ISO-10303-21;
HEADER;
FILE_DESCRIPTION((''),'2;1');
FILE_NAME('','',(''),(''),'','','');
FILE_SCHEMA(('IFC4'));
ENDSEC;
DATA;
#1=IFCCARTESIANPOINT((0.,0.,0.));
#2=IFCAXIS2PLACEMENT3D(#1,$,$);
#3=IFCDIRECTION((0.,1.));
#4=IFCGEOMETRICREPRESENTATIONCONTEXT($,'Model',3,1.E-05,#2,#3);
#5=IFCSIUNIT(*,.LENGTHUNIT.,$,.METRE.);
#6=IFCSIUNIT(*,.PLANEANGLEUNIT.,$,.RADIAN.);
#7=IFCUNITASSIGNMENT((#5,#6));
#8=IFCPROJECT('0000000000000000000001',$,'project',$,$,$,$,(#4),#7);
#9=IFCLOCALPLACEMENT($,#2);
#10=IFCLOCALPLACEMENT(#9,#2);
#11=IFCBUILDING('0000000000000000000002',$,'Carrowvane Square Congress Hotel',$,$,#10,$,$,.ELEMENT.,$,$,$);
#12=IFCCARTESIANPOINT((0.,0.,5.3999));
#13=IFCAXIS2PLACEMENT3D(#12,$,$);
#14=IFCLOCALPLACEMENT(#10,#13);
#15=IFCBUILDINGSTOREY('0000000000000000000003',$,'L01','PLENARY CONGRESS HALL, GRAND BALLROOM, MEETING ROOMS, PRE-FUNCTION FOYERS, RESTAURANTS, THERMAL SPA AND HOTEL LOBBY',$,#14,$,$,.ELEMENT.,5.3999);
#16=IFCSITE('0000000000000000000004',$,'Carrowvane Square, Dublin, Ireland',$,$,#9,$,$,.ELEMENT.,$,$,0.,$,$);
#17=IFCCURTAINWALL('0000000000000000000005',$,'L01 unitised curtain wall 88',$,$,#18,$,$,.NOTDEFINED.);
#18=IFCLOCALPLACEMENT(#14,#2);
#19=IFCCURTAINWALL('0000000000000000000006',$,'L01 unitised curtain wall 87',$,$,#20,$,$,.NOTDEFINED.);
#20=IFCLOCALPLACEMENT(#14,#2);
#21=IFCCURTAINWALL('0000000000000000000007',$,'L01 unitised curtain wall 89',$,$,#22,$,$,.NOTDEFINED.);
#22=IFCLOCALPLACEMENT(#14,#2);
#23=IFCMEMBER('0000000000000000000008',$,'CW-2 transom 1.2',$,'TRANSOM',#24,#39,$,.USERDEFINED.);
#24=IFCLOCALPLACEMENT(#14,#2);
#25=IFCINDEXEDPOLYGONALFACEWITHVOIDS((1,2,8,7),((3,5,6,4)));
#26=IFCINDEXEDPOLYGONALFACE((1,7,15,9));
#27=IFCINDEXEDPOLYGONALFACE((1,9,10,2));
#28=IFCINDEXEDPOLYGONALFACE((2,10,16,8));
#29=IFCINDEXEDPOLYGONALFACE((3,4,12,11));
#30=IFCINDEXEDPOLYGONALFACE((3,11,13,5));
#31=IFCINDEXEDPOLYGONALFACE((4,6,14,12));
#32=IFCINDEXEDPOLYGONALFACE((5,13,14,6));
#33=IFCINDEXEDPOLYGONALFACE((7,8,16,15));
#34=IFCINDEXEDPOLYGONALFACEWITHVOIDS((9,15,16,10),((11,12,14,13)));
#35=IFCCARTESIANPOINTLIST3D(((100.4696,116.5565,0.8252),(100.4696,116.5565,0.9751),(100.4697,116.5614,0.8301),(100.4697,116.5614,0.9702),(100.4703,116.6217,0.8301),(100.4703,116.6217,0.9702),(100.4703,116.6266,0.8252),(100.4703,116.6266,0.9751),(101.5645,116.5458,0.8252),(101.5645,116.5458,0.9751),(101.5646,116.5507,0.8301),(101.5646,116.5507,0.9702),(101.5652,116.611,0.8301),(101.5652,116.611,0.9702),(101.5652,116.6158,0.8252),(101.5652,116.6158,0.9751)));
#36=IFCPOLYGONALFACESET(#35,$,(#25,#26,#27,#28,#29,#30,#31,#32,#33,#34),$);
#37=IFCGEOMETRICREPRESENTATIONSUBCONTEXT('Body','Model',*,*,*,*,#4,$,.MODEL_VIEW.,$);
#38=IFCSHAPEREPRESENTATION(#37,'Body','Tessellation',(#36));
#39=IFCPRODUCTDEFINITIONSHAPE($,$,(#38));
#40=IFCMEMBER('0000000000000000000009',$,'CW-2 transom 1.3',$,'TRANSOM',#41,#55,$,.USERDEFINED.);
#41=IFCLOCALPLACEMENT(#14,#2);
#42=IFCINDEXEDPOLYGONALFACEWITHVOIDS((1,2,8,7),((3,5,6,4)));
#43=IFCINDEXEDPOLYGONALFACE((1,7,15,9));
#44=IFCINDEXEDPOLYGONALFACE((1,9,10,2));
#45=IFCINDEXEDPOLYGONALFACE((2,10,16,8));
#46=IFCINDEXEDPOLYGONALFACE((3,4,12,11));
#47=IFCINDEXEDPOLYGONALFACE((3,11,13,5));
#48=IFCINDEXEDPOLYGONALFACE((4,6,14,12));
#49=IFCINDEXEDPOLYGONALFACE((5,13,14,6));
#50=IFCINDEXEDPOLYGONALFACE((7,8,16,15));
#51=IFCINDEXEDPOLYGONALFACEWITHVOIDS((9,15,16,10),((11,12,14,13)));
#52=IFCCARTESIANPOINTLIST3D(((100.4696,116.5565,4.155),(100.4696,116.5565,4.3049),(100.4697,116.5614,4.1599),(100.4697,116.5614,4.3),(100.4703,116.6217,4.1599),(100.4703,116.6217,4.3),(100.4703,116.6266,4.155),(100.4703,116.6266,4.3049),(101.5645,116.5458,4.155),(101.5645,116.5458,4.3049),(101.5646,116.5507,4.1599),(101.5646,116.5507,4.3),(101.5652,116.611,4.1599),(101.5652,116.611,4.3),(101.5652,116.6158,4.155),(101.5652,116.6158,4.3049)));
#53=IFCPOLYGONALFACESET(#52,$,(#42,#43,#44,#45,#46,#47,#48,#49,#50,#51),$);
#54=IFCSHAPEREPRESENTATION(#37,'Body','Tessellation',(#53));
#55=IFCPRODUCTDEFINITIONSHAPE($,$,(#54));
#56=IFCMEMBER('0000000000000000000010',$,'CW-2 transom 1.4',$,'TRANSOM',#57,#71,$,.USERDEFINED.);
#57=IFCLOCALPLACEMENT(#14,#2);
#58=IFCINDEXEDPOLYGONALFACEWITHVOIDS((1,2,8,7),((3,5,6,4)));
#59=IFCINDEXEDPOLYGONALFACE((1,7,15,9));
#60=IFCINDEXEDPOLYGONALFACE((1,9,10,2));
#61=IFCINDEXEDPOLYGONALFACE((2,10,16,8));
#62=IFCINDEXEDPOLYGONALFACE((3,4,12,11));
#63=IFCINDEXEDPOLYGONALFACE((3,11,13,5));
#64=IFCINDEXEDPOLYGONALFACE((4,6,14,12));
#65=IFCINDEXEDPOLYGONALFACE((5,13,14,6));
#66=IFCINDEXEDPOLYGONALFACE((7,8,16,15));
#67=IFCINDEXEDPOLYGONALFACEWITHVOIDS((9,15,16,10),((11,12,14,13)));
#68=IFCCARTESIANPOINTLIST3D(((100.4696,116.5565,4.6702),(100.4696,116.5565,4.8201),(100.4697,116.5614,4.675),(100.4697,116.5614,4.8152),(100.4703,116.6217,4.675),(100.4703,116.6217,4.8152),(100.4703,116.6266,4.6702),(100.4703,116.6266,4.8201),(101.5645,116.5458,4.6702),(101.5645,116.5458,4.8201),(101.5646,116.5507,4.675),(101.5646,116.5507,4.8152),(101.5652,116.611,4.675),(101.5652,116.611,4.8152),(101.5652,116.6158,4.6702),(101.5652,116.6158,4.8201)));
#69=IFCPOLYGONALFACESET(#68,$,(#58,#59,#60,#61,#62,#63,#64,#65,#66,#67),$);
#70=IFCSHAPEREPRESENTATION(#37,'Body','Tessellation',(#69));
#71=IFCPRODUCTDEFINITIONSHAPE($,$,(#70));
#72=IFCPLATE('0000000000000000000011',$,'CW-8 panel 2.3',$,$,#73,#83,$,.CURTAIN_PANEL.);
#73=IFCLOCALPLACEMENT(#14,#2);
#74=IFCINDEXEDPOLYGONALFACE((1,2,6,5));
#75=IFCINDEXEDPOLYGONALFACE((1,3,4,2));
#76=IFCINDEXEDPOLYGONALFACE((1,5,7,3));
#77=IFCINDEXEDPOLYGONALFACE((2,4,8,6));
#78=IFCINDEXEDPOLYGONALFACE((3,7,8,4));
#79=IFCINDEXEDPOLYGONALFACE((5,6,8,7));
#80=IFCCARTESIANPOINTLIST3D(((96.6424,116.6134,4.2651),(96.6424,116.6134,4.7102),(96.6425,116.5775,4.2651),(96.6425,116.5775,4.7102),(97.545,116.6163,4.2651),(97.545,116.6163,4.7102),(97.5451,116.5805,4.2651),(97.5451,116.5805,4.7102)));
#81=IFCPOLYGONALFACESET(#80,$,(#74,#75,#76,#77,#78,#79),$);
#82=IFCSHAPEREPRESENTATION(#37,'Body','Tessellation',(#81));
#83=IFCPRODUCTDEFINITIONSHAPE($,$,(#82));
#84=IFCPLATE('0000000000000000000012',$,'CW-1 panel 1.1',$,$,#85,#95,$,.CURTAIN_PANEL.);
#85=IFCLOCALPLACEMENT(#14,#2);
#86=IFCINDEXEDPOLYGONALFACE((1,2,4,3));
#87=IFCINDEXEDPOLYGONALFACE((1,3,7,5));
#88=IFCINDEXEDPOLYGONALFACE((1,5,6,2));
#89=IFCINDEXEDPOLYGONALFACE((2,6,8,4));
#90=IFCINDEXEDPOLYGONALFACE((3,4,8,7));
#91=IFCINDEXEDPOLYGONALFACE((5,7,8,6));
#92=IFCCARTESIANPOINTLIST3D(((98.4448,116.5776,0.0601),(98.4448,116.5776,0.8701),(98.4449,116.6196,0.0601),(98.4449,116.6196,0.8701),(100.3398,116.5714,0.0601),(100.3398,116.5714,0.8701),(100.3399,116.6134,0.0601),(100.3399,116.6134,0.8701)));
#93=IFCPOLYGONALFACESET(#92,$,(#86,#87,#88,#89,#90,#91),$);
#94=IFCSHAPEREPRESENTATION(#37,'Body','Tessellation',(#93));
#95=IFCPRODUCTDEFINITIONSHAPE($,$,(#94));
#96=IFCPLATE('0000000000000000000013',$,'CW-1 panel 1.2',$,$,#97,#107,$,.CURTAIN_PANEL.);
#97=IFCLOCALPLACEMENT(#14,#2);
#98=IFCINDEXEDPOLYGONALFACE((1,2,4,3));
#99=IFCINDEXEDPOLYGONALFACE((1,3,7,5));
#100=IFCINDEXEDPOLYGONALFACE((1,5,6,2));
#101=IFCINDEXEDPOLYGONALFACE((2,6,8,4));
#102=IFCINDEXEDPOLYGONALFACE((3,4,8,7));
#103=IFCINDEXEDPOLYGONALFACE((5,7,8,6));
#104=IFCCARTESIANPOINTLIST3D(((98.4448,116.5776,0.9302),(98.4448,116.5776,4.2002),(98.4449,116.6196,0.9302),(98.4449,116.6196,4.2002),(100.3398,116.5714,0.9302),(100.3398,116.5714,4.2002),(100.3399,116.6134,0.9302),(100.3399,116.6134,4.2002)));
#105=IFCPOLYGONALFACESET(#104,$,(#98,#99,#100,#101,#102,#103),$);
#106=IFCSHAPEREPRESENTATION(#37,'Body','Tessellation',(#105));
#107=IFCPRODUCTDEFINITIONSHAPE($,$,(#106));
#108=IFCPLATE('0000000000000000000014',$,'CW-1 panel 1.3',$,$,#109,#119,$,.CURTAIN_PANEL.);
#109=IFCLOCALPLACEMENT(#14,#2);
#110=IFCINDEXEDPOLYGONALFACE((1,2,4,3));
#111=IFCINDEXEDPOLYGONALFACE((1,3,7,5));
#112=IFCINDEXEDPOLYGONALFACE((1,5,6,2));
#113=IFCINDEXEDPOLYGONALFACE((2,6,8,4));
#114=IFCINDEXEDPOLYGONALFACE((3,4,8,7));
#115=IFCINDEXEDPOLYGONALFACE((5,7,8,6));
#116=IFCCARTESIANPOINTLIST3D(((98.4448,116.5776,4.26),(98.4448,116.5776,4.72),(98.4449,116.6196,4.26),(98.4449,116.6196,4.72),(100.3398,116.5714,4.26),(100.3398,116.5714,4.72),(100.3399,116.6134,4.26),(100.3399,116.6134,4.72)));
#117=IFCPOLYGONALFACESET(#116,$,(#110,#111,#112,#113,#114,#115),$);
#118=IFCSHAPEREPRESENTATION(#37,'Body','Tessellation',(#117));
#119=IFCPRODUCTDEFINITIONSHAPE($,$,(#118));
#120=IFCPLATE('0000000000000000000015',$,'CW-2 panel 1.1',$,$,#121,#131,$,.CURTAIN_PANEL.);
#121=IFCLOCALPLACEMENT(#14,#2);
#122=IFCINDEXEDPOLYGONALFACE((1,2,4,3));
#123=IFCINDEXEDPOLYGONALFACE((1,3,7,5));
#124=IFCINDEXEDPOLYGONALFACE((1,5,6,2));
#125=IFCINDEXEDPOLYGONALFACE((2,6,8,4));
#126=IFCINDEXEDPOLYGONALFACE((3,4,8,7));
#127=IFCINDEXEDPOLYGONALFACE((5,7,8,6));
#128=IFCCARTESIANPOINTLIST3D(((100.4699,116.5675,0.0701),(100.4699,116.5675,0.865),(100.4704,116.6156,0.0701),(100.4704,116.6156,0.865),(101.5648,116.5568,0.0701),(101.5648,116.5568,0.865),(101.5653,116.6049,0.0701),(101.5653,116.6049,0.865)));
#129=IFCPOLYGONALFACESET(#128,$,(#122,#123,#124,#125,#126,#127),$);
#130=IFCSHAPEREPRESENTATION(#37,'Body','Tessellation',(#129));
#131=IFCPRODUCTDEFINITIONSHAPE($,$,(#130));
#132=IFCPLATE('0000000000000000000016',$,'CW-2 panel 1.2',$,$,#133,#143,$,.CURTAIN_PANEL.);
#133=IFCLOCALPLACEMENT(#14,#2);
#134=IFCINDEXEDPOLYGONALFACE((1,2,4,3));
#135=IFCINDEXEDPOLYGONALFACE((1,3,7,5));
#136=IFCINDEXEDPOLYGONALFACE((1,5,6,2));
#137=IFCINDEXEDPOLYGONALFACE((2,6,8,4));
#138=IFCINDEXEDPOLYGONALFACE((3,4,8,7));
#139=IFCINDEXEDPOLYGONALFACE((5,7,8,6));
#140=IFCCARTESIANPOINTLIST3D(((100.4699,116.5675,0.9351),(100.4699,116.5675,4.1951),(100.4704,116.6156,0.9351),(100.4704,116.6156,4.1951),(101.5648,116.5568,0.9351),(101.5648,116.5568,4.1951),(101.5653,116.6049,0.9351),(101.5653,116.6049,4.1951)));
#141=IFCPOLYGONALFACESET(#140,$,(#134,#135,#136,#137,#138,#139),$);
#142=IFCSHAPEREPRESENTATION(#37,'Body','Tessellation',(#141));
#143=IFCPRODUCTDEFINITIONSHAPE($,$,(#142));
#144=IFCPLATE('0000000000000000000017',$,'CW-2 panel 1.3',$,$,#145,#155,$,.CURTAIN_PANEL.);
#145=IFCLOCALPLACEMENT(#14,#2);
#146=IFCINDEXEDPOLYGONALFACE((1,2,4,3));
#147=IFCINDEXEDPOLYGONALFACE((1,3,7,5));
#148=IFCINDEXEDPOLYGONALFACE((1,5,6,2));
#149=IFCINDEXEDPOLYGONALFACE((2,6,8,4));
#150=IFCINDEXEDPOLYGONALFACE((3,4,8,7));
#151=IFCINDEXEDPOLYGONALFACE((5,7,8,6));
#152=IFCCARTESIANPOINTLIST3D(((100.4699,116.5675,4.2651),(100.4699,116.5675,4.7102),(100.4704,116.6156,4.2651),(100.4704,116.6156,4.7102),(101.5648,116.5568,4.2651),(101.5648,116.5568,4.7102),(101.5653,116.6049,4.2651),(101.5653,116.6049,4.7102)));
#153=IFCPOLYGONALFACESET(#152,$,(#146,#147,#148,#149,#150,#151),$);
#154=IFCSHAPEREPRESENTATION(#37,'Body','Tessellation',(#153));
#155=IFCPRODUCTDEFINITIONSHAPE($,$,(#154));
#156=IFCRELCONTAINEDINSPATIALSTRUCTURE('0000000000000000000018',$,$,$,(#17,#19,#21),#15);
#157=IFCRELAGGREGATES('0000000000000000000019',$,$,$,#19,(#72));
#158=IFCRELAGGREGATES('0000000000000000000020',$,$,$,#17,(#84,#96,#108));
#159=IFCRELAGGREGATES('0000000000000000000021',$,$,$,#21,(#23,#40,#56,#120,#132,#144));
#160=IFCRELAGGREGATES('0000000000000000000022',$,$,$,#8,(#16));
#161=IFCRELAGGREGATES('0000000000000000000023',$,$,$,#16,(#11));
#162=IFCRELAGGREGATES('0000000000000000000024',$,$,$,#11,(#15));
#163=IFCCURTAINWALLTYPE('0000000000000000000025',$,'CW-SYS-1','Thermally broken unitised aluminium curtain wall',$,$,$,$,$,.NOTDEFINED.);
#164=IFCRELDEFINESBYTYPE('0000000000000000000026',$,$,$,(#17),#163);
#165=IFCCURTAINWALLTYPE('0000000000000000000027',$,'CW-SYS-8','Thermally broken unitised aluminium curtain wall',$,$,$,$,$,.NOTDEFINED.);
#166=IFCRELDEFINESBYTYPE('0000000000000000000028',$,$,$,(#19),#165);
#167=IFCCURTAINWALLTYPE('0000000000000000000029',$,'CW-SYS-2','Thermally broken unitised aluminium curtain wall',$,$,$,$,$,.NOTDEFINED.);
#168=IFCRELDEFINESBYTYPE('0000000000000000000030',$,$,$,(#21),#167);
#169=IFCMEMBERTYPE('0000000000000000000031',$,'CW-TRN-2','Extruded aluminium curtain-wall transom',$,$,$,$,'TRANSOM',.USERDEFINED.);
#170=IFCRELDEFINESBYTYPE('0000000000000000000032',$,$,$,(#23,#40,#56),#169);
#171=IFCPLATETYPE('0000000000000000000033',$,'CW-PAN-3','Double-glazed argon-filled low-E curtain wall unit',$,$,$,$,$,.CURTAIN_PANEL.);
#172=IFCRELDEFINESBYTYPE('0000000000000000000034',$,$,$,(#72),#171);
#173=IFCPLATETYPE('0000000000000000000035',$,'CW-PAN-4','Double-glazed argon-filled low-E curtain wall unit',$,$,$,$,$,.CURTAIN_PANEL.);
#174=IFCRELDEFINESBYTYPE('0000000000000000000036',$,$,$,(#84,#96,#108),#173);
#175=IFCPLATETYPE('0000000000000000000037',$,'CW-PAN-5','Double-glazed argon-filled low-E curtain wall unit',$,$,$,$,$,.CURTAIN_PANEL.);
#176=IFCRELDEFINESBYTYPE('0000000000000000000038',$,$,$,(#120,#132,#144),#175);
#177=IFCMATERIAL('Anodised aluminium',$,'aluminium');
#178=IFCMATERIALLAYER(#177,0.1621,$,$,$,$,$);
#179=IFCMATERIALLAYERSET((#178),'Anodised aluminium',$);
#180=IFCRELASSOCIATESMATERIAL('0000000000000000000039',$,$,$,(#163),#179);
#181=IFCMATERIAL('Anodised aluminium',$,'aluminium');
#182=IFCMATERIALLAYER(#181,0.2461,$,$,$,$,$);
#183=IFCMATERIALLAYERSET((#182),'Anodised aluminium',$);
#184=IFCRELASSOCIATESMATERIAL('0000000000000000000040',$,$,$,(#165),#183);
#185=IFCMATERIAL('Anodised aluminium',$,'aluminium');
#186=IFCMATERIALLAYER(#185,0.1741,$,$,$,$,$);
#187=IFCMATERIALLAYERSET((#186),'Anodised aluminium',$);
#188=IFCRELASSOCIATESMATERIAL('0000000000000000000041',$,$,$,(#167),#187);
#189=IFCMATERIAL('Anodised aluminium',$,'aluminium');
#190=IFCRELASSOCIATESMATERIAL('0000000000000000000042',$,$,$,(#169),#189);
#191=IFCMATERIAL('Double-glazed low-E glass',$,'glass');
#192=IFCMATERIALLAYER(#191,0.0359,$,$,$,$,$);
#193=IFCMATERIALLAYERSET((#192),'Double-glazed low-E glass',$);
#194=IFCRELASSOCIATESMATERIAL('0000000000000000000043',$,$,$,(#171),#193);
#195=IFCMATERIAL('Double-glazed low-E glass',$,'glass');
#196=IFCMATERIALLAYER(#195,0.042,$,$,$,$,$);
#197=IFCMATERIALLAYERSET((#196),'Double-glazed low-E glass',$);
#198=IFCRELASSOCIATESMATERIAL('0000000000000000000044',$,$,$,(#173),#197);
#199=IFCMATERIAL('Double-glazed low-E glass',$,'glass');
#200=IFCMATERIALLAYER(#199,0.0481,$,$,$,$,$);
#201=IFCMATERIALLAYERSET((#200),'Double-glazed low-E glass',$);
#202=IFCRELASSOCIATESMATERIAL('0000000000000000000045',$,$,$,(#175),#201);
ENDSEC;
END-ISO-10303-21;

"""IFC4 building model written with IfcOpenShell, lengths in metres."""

from ifc_helpers import new_model, si_unit, direction, frame, origin, origin_2d, place, context, subcontext, project, spatial, rectangle, hollow_rectangle, extrude, material, layer, layer_set, material_profile, profile_set, type_object, element, aggregate, save


model = new_model("IFC4")

# Units and contexts
model_context = context("Model", 3, precision=1e-05, world=origin(), true_north=direction((0.0, 1.0)))
body_context = subcontext(model_context, "Body", "Model", "MODEL_VIEW")
ifc_project = project(units=[si_unit("LENGTHUNIT", "METRE"), si_unit("PLANEANGLEUNIT", "RADIAN")], contexts=[model_context])

# Site, building, storey
site_placement = place(None, origin())
site = spatial("IfcSite", under=ifc_project, at=site_placement, Name="Carrowvane Square, Dublin, Ireland", CompositionType="ELEMENT", RefElevation=0.0)
building_placement = place(site_placement, origin())
building = spatial("IfcBuilding", under=site, at=building_placement, Name="Carrowvane Square Congress Hotel", CompositionType="ELEMENT")
storey_placement = place(building_placement, frame((0.0, 0.0, 5.3999)))
storey = spatial("IfcBuildingStorey", under=building, at=storey_placement, Name="L01", Description="PLENARY CONGRESS HALL, GRAND BALLROOM, MEETING ROOMS, PRE-FUNCTION FOYERS, RESTAURANTS, THERMAL SPA AND HOTEL LOBBY", CompositionType="ELEMENT", Elevation=5.3999)

# Curtain wall
ifc_material_1 = material(Name="Anodised aluminium", Category="aluminium")
ifc_layer_1 = layer(ifc_material_1, 0.1621)
ifc_layer_set_1 = layer_set([ifc_layer_1], Name="Anodised aluminium")
curtain_wall_type_1 = type_object("IfcCurtainWallType", Name="CW-SYS-1", Description="Thermally broken unitised aluminium curtain wall", PredefinedType="NOTDEFINED", material=ifc_layer_set_1)
curtain_wall_1_placement = place(storey_placement, origin())
curtain_wall_1 = element("IfcCurtainWall", 1, at=curtain_wall_1_placement, inside=storey, type_object=curtain_wall_type_1, Name="L01 unitised curtain wall 88", PredefinedType="NOTDEFINED")

# Curtain wall
ifc_material_2 = material(Name="Anodised aluminium", Category="aluminium")
ifc_layer_2 = layer(ifc_material_2, 0.2461)
ifc_layer_set_2 = layer_set([ifc_layer_2], Name="Anodised aluminium")
curtain_wall_type_2 = type_object("IfcCurtainWallType", Name="CW-SYS-8", Description="Thermally broken unitised aluminium curtain wall", PredefinedType="NOTDEFINED", material=ifc_layer_set_2)
curtain_wall_2_placement = place(storey_placement, origin())
curtain_wall_2 = element("IfcCurtainWall", 2, at=curtain_wall_2_placement, inside=storey, type_object=curtain_wall_type_2, Name="L01 unitised curtain wall 87", PredefinedType="NOTDEFINED")

# Curtain wall
ifc_material_3 = material(Name="Anodised aluminium", Category="aluminium")
ifc_layer_3 = layer(ifc_material_3, 0.1741)
ifc_layer_set_3 = layer_set([ifc_layer_3], Name="Anodised aluminium")
curtain_wall_type_3 = type_object("IfcCurtainWallType", Name="CW-SYS-2", Description="Thermally broken unitised aluminium curtain wall", PredefinedType="NOTDEFINED", material=ifc_layer_set_3)
curtain_wall_3_placement = place(storey_placement, origin())
curtain_wall_3 = element("IfcCurtainWall", 3, at=curtain_wall_3_placement, inside=storey, type_object=curtain_wall_type_3, Name="L01 unitised curtain wall 89", PredefinedType="NOTDEFINED")

# Members
ifc_material_4 = material(Name="Anodised aluminium", Category="aluminium")
ifc_material_profile_1 = material_profile(ifc_material_4, hollow_rectangle(XDim=0.0701, YDim=0.1499, WallThickness=0.0049, at=origin_2d()), Name="CW-TR 70x150x5")
ifc_profile_set_1 = profile_set([ifc_material_profile_1], Name="Anodised aluminium")
member_type_1 = type_object("IfcMemberType", Name="CW-TRN-2", Description="Extruded aluminium curtain-wall transom", ElementType="TRANSOM", PredefinedType="USERDEFINED", material=ifc_profile_set_1)
member_1_placement = place(storey_placement, frame((100.47, 116.5916, 0.9001), z_axis=(0.999952, -0.00981, 0.0), x_axis=(0.00981, 0.999952, 0.0)))
member_1 = element("IfcMember", 4, at=member_1_placement, type_object=member_type_1, Name="CW-2 transom 1.2", ObjectType="TRANSOM", PredefinedType="USERDEFINED", context=body_context, shape_type="SweptSolid", body=[
    extrude(hollow_rectangle(XDim=0.0701, YDim=0.1499, WallThickness=0.0049, at=origin_2d()), origin(), (0.0, 0.0, 1.0), 1.095),
])
member_2_placement = place(storey_placement, frame((100.47, 116.5916, 4.23), z_axis=(0.999952, -0.00981, 0.0), x_axis=(0.00981, 0.999952, 0.0)))
member_2 = element("IfcMember", 5, at=member_2_placement, type_object=member_type_1, Name="CW-2 transom 1.3", ObjectType="TRANSOM", PredefinedType="USERDEFINED", context=body_context, shape_type="SweptSolid", body=[
    extrude(hollow_rectangle(XDim=0.0701, YDim=0.1499, WallThickness=0.0049, at=origin_2d()), origin(), (0.0, 0.0, 1.0), 1.095),
])
member_3_placement = place(storey_placement, frame((100.47, 116.5916, 4.7451), z_axis=(0.999952, -0.00981, 0.0), x_axis=(0.00981, 0.999952, 0.0)))
member_3 = element("IfcMember", 6, at=member_3_placement, type_object=member_type_1, Name="CW-2 transom 1.4", ObjectType="TRANSOM", PredefinedType="USERDEFINED", context=body_context, shape_type="SweptSolid", body=[
    extrude(hollow_rectangle(XDim=0.0701, YDim=0.1499, WallThickness=0.0049, at=origin_2d()), origin(), (0.0, 0.0, 1.0), 1.095),
])

# Plates
ifc_material_5 = material(Name="Double-glazed low-E glass", Category="glass")
ifc_layer_4 = layer(ifc_material_5, 0.0359)
ifc_layer_set_4 = layer_set([ifc_layer_4], Name="Double-glazed low-E glass")
plate_type_1 = type_object("IfcPlateType", Name="CW-PAN-3", Description="Double-glazed argon-filled low-E curtain wall unit", PredefinedType="CURTAIN_PANEL", material=ifc_layer_set_4)
plate_1_placement = place(storey_placement, frame((97.0938, 116.5969, 4.2651), z_axis=(0.0, 0.0, 1.0), x_axis=(0.999995, 0.00327, 0.0)))
plate_1 = element("IfcPlate", 7, at=plate_1_placement, type_object=plate_type_1, Name="CW-8 panel 2.3", PredefinedType="CURTAIN_PANEL", context=body_context, shape_type="SweptSolid", body=[
    extrude(rectangle(XDim=0.9026, YDim=0.0359, at=origin_2d()), origin(), (0.0, 0.0, 1.0), 0.4451),
])
aggregate(curtain_wall_2, [plate_1])
ifc_material_6 = material(Name="Double-glazed low-E glass", Category="glass")
ifc_layer_5 = layer(ifc_material_6, 0.042)
ifc_layer_set_5 = layer_set([ifc_layer_5], Name="Double-glazed low-E glass")
plate_type_2 = type_object("IfcPlateType", Name="CW-PAN-4", Description="Double-glazed argon-filled low-E curtain wall unit", PredefinedType="CURTAIN_PANEL", material=ifc_layer_set_5)
plate_2_placement = place(storey_placement, frame((99.3923, 116.5955, 0.0601), z_axis=(0.0, 0.0, 1.0), x_axis=(0.999995, -0.00327, 0.0)))
plate_2 = element("IfcPlate", 8, at=plate_2_placement, type_object=plate_type_2, Name="CW-1 panel 1.1", PredefinedType="CURTAIN_PANEL", context=body_context, shape_type="SweptSolid", body=[
    extrude(rectangle(XDim=1.895, YDim=0.042, at=origin_2d()), origin(), (0.0, 0.0, 1.0), 0.8101),
])
plate_3_placement = place(storey_placement, frame((99.3923, 116.5955, 0.9302), z_axis=(0.0, 0.0, 1.0), x_axis=(0.999995, -0.00327, 0.0)))
plate_3 = element("IfcPlate", 9, at=plate_3_placement, type_object=plate_type_2, Name="CW-1 panel 1.2", PredefinedType="CURTAIN_PANEL", context=body_context, shape_type="SweptSolid", body=[
    extrude(rectangle(XDim=1.895, YDim=0.042, at=origin_2d()), origin(), (0.0, 0.0, 1.0), 3.27),
])
plate_4_placement = place(storey_placement, frame((99.3923, 116.5955, 4.26), z_axis=(0.0, 0.0, 1.0), x_axis=(0.999995, -0.00327, 0.0)))
plate_4 = element("IfcPlate", 10, at=plate_4_placement, type_object=plate_type_2, Name="CW-1 panel 1.3", PredefinedType="CURTAIN_PANEL", context=body_context, shape_type="SweptSolid", body=[
    extrude(rectangle(XDim=1.895, YDim=0.042, at=origin_2d()), origin(), (0.0, 0.0, 1.0), 0.46),
])
aggregate(curtain_wall_1, [plate_2, plate_3, plate_4])
ifc_material_7 = material(Name="Double-glazed low-E glass", Category="glass")
ifc_layer_6 = layer(ifc_material_7, 0.0481)
ifc_layer_set_6 = layer_set([ifc_layer_6], Name="Double-glazed low-E glass")
plate_type_3 = type_object("IfcPlateType", Name="CW-PAN-5", Description="Double-glazed argon-filled low-E curtain wall unit", PredefinedType="CURTAIN_PANEL", material=ifc_layer_set_6)
plate_5_placement = place(storey_placement, frame((101.0176, 116.5862, 0.0701), z_axis=(0.0, 0.0, 1.0), x_axis=(0.999952, -0.009783, 0.0)))
plate_5 = element("IfcPlate", 11, at=plate_5_placement, type_object=plate_type_3, Name="CW-2 panel 1.1", PredefinedType="CURTAIN_PANEL", context=body_context, shape_type="SweptSolid", body=[
    extrude(rectangle(XDim=1.095, YDim=0.0481, at=origin_2d()), origin(), (0.0, 0.0, 1.0), 0.7949),
])
plate_6_placement = place(storey_placement, frame((101.0176, 116.5862, 0.9351), z_axis=(0.0, 0.0, 1.0), x_axis=(0.999952, -0.009783, 0.0)))
plate_6 = element("IfcPlate", 12, at=plate_6_placement, type_object=plate_type_3, Name="CW-2 panel 1.2", PredefinedType="CURTAIN_PANEL", context=body_context, shape_type="SweptSolid", body=[
    extrude(rectangle(XDim=1.095, YDim=0.0481, at=origin_2d()), origin(), (0.0, 0.0, 1.0), 3.26),
])
plate_7_placement = place(storey_placement, frame((101.0176, 116.5862, 4.2651), z_axis=(0.0, 0.0, 1.0), x_axis=(0.999952, -0.009783, 0.0)))
plate_7 = element("IfcPlate", 13, at=plate_7_placement, type_object=plate_type_3, Name="CW-2 panel 1.3", PredefinedType="CURTAIN_PANEL", context=body_context, shape_type="SweptSolid", body=[
    extrude(rectangle(XDim=1.095, YDim=0.0481, at=origin_2d()), origin(), (0.0, 0.0, 1.0), 0.4451),
])
aggregate(curtain_wall_3, [member_1, member_2, member_3, plate_5, plate_6, plate_7])

save(model, "model.ifc")
